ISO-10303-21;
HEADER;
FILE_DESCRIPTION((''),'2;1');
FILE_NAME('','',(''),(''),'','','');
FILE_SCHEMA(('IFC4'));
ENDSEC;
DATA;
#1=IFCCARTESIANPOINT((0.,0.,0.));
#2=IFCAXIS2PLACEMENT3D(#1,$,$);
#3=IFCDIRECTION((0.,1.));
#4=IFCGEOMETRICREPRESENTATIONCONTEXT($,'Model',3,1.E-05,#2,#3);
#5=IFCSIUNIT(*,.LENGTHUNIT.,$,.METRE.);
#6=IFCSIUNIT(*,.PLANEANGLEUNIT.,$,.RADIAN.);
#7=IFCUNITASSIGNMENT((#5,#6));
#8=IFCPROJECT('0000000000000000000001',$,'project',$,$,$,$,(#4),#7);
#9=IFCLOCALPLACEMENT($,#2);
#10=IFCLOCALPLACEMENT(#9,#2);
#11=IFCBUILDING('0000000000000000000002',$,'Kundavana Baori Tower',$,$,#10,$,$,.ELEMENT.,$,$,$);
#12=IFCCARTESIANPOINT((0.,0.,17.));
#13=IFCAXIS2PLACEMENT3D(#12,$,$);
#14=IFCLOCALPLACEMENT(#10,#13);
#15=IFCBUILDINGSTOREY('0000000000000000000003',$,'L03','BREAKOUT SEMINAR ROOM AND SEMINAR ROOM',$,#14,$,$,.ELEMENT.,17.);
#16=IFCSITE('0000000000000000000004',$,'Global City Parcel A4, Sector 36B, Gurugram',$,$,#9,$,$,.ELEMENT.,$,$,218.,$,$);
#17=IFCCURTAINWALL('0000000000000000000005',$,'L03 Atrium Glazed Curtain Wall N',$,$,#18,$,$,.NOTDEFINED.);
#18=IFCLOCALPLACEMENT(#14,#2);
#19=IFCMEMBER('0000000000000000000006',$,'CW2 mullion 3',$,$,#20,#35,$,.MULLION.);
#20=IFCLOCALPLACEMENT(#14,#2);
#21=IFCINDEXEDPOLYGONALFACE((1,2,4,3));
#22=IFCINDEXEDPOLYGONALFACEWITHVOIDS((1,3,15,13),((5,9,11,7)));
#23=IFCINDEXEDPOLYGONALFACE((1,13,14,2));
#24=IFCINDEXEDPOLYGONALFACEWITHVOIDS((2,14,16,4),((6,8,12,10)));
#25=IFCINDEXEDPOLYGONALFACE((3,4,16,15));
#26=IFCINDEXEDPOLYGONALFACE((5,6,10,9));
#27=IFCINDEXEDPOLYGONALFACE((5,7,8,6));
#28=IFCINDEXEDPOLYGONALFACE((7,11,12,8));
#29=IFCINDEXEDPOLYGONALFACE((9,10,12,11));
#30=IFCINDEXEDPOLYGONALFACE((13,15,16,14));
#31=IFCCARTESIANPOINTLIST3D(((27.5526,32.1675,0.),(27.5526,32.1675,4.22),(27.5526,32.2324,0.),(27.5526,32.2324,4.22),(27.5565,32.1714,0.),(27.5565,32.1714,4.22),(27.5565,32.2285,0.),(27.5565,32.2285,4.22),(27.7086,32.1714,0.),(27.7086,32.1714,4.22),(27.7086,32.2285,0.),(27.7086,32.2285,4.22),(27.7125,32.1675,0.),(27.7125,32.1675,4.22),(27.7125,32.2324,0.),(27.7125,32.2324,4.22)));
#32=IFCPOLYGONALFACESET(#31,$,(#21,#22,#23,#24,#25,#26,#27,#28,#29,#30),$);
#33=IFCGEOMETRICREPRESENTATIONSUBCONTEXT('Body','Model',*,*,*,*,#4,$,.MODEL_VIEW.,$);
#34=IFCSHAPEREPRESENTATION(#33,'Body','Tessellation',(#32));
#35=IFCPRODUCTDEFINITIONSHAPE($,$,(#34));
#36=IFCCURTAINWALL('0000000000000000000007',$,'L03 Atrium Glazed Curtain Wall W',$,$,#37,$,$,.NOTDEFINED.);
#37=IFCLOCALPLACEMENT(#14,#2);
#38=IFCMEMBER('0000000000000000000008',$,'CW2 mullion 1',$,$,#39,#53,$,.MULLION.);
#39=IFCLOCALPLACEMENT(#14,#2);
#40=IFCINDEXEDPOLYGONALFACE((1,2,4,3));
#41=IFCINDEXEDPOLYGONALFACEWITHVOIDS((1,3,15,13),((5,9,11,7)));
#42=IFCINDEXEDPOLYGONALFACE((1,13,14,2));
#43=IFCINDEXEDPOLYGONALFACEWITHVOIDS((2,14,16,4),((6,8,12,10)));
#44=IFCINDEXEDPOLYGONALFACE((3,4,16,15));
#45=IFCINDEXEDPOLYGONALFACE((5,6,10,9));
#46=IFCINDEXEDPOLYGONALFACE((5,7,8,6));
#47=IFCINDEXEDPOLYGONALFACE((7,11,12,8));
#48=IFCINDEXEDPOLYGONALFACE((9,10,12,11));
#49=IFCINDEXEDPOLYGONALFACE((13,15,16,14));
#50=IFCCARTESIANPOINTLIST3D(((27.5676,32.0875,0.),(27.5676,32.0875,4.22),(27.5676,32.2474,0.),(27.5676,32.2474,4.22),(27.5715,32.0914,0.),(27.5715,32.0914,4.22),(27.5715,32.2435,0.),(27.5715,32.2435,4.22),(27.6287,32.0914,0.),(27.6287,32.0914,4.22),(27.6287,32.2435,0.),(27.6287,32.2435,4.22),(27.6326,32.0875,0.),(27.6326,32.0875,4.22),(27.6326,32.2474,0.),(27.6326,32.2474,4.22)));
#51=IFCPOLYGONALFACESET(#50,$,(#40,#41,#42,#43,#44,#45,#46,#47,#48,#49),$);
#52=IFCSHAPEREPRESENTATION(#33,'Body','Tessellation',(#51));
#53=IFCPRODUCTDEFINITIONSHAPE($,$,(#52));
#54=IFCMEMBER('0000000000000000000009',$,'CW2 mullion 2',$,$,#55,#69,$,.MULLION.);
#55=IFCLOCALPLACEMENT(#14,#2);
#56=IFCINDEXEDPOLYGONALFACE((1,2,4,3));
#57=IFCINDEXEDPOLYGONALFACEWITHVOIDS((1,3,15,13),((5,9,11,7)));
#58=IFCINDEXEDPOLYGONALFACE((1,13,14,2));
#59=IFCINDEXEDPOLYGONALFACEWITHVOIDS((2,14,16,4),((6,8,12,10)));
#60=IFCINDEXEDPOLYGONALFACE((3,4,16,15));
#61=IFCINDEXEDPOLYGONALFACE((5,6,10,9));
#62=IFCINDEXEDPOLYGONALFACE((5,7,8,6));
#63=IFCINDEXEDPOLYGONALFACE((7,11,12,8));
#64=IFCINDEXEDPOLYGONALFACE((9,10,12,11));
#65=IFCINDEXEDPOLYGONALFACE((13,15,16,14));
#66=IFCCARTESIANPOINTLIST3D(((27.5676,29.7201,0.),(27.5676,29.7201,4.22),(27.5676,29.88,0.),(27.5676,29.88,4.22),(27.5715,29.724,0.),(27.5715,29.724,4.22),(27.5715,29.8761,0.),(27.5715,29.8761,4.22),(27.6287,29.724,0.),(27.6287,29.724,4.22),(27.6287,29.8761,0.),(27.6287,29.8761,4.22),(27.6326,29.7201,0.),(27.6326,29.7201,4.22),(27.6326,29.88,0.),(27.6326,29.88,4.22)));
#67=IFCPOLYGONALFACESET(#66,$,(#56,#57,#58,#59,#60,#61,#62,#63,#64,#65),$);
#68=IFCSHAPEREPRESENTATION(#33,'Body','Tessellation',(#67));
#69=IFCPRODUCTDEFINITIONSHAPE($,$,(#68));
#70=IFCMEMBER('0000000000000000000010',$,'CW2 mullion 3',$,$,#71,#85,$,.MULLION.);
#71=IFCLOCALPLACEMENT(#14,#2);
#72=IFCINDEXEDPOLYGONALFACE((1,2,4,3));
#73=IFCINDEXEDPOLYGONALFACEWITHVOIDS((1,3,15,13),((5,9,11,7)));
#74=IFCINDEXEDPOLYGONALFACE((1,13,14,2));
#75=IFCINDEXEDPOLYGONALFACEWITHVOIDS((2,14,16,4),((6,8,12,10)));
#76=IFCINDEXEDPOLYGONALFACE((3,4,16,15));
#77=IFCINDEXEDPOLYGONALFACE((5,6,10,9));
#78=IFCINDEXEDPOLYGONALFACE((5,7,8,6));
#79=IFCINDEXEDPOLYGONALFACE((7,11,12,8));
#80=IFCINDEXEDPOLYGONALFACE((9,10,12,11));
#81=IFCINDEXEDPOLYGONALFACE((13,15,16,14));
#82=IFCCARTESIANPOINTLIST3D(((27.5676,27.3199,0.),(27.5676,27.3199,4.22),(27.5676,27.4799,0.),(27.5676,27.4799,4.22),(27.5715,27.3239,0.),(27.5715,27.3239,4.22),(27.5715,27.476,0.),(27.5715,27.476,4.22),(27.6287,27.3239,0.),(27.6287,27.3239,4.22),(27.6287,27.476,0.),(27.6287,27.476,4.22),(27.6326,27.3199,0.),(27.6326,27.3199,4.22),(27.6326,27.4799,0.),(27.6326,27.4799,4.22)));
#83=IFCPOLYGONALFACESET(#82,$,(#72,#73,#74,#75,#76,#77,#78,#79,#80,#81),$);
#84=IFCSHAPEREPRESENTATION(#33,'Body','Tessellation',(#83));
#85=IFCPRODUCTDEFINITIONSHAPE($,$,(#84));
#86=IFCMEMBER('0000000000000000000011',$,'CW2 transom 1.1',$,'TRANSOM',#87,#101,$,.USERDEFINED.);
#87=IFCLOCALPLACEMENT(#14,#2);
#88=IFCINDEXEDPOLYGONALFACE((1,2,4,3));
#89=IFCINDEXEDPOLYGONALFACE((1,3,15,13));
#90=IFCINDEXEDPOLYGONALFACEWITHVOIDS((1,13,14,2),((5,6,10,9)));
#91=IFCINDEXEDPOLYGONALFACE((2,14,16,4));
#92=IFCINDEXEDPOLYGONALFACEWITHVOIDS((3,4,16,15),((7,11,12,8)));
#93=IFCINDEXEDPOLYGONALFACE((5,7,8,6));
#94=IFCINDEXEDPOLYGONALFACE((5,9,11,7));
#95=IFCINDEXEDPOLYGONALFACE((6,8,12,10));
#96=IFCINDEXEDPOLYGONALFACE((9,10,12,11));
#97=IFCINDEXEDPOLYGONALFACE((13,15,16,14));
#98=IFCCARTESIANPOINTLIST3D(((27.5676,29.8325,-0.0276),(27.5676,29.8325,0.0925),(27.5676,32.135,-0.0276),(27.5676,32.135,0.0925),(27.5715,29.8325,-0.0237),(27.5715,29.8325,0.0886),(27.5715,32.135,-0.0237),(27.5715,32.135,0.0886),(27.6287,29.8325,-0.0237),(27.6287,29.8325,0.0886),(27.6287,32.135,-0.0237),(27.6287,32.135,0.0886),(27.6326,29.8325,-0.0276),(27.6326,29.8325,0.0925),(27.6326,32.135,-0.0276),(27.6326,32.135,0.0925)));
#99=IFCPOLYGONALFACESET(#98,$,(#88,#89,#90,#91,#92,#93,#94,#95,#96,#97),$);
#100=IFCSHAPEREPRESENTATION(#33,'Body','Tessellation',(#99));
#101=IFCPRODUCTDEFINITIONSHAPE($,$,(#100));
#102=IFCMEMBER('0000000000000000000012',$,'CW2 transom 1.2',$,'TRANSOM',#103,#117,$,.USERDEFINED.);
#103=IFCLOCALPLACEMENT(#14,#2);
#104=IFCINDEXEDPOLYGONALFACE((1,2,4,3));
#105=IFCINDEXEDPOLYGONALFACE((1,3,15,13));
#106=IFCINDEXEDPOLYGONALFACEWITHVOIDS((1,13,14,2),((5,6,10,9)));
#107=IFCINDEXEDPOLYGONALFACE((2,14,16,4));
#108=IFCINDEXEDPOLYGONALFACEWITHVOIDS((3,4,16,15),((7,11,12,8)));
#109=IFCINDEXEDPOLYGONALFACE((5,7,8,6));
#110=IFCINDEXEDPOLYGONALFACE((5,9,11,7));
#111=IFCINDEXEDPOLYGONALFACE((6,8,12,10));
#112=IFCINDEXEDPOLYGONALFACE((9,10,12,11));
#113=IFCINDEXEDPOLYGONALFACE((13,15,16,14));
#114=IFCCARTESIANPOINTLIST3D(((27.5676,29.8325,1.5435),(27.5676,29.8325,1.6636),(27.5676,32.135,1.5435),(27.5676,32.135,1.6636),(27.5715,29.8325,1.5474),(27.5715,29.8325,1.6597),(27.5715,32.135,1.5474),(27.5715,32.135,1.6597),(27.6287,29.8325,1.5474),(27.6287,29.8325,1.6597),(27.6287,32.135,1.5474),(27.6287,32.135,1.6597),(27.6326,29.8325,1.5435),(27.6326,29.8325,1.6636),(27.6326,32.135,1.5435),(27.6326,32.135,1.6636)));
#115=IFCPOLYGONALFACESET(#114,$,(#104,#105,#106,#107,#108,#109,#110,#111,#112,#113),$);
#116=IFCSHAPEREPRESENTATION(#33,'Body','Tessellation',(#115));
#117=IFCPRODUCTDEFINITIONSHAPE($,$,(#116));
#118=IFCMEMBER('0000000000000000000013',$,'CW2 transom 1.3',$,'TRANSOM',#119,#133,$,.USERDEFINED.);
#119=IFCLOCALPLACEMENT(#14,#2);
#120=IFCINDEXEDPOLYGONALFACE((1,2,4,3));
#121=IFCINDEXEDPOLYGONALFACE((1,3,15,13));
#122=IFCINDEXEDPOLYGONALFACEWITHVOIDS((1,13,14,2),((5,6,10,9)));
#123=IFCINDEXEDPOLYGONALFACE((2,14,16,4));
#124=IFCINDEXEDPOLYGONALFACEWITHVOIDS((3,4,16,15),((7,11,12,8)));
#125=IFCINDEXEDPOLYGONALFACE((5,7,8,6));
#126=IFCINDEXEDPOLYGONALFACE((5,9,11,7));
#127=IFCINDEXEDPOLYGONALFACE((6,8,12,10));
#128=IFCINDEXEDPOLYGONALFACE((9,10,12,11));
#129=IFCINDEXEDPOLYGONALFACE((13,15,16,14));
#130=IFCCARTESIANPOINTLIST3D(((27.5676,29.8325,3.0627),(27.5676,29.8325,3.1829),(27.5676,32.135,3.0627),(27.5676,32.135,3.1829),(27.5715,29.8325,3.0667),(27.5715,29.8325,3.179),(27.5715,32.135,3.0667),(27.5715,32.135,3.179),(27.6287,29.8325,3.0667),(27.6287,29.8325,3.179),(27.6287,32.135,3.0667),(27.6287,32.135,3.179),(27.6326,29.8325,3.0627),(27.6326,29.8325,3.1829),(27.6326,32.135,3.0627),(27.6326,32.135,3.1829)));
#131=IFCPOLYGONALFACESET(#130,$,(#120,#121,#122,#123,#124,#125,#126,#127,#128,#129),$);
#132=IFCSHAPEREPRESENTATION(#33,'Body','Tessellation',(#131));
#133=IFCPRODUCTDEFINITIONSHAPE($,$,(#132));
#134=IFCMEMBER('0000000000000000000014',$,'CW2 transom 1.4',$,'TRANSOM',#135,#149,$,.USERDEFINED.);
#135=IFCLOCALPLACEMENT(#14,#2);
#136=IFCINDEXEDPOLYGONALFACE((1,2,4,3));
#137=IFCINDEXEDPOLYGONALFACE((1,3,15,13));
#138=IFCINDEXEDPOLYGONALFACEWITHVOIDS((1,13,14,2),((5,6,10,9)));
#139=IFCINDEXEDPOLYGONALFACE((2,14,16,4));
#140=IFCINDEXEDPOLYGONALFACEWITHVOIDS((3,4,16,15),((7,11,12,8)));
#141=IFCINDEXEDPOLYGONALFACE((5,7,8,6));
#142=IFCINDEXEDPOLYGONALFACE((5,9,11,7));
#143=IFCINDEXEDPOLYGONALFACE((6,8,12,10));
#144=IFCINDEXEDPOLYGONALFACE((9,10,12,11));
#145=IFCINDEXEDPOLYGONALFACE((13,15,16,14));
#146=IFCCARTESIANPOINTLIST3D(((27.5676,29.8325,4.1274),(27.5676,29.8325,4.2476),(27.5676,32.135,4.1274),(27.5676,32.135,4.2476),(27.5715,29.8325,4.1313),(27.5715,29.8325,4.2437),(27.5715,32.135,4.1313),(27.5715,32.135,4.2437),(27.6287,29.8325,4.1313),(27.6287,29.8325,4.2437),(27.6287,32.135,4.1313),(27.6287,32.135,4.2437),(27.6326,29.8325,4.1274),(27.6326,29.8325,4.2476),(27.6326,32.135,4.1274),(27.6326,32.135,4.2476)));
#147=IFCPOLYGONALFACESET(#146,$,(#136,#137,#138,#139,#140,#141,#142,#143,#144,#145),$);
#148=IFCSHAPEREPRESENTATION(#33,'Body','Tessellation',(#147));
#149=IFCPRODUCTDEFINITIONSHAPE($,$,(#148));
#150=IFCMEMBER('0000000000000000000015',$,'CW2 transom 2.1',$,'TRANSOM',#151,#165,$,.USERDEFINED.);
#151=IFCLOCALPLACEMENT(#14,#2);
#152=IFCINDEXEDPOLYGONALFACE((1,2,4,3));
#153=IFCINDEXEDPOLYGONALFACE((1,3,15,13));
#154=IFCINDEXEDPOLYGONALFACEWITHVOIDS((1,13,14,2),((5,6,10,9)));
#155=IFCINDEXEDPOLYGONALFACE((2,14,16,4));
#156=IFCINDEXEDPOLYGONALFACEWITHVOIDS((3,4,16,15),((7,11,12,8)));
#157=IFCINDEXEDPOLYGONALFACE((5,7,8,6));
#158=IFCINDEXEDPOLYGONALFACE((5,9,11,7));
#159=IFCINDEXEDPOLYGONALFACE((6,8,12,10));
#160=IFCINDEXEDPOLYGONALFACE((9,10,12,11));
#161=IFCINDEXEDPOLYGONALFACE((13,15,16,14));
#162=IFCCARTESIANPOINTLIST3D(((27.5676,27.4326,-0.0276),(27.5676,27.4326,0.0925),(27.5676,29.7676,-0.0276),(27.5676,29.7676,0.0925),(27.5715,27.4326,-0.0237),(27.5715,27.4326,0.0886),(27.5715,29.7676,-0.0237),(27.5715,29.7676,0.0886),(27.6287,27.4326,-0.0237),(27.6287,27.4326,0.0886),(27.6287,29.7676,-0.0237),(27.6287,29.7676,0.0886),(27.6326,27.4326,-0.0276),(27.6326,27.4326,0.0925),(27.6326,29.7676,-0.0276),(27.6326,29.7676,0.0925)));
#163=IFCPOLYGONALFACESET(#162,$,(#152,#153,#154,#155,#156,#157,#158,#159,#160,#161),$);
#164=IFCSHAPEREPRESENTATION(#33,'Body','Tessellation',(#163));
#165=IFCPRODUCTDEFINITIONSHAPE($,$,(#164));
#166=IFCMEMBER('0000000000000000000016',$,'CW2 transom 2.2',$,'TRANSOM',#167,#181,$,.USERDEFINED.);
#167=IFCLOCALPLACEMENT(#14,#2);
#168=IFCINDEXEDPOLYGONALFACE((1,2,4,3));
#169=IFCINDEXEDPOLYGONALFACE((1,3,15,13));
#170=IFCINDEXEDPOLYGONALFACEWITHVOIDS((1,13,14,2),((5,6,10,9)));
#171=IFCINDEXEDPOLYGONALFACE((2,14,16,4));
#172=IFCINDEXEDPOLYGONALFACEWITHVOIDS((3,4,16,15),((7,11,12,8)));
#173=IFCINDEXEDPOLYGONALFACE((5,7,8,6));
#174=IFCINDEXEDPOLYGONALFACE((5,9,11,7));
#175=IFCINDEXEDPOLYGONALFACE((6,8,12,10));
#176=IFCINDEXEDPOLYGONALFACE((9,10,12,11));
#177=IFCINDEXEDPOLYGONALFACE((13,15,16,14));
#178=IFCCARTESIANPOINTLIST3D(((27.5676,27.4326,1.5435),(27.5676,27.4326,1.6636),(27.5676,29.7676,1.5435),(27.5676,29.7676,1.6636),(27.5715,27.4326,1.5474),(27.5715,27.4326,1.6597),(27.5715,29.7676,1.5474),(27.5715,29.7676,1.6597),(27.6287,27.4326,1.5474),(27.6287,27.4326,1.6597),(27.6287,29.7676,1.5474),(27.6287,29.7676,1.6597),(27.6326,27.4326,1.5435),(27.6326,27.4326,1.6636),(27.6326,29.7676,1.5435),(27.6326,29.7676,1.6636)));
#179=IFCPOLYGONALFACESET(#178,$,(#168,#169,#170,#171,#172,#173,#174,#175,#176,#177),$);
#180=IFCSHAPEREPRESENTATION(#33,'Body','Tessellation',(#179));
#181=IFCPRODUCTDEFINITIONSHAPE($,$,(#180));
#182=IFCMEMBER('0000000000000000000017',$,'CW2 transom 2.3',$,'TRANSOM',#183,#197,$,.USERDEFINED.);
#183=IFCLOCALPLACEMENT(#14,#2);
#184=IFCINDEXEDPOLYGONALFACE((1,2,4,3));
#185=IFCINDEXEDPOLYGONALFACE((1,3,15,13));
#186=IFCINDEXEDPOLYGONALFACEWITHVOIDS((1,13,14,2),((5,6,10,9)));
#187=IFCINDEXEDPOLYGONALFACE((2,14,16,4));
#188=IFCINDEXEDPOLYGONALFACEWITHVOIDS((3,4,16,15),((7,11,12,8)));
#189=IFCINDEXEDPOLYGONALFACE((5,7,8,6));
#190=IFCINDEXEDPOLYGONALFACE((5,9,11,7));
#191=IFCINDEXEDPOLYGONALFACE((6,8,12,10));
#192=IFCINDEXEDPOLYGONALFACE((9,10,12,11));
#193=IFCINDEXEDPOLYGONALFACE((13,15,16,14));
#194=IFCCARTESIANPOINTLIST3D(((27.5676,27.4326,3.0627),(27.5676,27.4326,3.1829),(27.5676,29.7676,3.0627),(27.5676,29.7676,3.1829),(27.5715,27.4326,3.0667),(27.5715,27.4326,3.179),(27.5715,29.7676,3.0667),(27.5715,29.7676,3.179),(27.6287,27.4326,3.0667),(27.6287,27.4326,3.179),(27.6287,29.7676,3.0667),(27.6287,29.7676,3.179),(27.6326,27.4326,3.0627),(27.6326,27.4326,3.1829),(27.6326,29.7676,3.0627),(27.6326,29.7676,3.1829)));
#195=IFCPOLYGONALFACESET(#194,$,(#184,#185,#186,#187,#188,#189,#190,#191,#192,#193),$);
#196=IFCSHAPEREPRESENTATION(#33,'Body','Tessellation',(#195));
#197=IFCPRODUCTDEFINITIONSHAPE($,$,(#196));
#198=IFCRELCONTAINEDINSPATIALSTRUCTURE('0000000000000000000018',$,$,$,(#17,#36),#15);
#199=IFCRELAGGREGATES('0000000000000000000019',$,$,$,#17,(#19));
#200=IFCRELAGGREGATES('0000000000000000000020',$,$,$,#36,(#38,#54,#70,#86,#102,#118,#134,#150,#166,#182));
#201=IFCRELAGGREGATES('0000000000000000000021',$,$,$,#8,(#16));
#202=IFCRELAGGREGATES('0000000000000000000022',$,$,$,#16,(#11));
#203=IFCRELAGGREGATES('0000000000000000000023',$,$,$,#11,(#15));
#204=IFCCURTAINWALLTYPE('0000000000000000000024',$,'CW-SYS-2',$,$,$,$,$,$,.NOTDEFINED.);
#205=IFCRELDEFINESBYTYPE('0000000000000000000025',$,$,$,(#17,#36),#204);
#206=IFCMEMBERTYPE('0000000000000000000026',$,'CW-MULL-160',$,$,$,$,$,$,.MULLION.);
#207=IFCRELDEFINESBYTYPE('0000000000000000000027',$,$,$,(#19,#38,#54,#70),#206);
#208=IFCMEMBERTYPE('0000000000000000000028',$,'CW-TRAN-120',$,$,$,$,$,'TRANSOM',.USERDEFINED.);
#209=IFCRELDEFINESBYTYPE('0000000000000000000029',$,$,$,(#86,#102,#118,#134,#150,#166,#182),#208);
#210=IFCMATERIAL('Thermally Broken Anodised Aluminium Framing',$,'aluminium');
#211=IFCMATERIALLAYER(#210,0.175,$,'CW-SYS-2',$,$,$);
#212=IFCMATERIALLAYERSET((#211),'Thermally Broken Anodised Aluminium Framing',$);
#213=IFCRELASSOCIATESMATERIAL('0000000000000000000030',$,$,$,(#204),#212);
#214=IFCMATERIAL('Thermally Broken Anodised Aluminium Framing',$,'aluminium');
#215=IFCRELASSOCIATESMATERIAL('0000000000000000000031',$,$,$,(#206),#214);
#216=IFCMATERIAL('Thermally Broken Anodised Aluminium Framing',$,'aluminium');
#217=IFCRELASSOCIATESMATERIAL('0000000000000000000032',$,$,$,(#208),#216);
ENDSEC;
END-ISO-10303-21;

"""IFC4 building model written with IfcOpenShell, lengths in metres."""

from ifc_helpers import new_model, si_unit, direction, frame, origin, origin_2d, place, context, subcontext, project, spatial, hollow_rectangle, extrude, material, layer, layer_set, material_profile, profile_set, type_object, element, aggregate, save


model = new_model("IFC4")

# Units and contexts
model_context = context("Model", 3, precision=1e-05, world=origin(), true_north=direction((0.0, 1.0)))
body_context = subcontext(model_context, "Body", "Model", "MODEL_VIEW")
ifc_project = project(units=[si_unit("LENGTHUNIT", "METRE"), si_unit("PLANEANGLEUNIT", "RADIAN")], contexts=[model_context])

# Site, building, storey
site_placement = place(None, origin())
site = spatial("IfcSite", under=ifc_project, at=site_placement, Name="Global City Parcel A4, Sector 36B, Gurugram", CompositionType="ELEMENT", RefElevation=218.0)
building_placement = place(site_placement, origin())
building = spatial("IfcBuilding", under=site, at=building_placement, Name="Kundavana Baori Tower", CompositionType="ELEMENT")
storey_placement = place(building_placement, frame((0.0, 0.0, 17.0)))
storey = spatial("IfcBuildingStorey", under=building, at=storey_placement, Name="L03", Description="BREAKOUT SEMINAR ROOM AND SEMINAR ROOM", CompositionType="ELEMENT", Elevation=17.0)

# Curtain wall, member
ifc_material_1 = material(Name="Thermally Broken Anodised Aluminium Framing", Category="aluminium")
ifc_layer_1 = layer(ifc_material_1, 0.175, Name="CW-SYS-2")
ifc_layer_set_1 = layer_set([ifc_layer_1], Name="Thermally Broken Anodised Aluminium Framing")
curtain_wall_type = type_object("IfcCurtainWallType", Name="CW-SYS-2", PredefinedType="NOTDEFINED", material=ifc_layer_set_1)
curtain_wall_1_placement = place(storey_placement, origin())
curtain_wall_1 = element("IfcCurtainWall", 1, at=curtain_wall_1_placement, inside=storey, type_object=curtain_wall_type, Name="L03 Atrium Glazed Curtain Wall N", PredefinedType="NOTDEFINED")
ifc_material_2 = material(Name="Thermally Broken Anodised Aluminium Framing", Category="aluminium")
ifc_material_profile_1 = material_profile(ifc_material_2, hollow_rectangle(XDim=0.0649, YDim=0.1599, WallThickness=0.0039, at=origin_2d()), Name="CW-MULL-160")
ifc_profile_set_1 = profile_set([ifc_material_profile_1], Name="Thermally Broken Anodised Aluminium Framing")
member_type_1 = type_object("IfcMemberType", Name="CW-MULL-160", PredefinedType="MULLION", material=ifc_profile_set_1)
member_1_placement = place(storey_placement, frame((27.6326, 32.2, 0.0), z_axis=(0.0, 0.0, 1.0), x_axis=(0.0, -1.0, 0.0)))
member_1 = element("IfcMember", 2, at=member_1_placement, type_object=member_type_1, Name="CW2 mullion 3", PredefinedType="MULLION", context=body_context, shape_type="SweptSolid", body=[
    extrude(hollow_rectangle(XDim=0.0649, YDim=0.1599, WallThickness=0.0039, at=origin_2d()), origin(), (0.0, 0.0, 1.0), 4.22),
])
aggregate(curtain_wall_1, [member_1])

# Curtain wall, members
curtain_wall_2_placement = place(storey_placement, origin())
curtain_wall_2 = element("IfcCurtainWall", 3, at=curtain_wall_2_placement, inside=storey, type_object=curtain_wall_type, Name="L03 Atrium Glazed Curtain Wall W", PredefinedType="NOTDEFINED")
member_2_placement = place(storey_placement, frame((27.6001, 32.1675, 0.0), z_axis=(0.0, 0.0, 1.0), x_axis=(1.0, 0.0, 0.0)))
member_2 = element("IfcMember", 4, at=member_2_placement, type_object=member_type_1, Name="CW2 mullion 1", PredefinedType="MULLION", context=body_context, shape_type="SweptSolid", body=[
    extrude(hollow_rectangle(XDim=0.0649, YDim=0.1599, WallThickness=0.0039, at=origin_2d()), origin(), (0.0, 0.0, 1.0), 4.22),
])
member_3_placement = place(storey_placement, frame((27.6001, 29.8, 0.0), z_axis=(0.0, 0.0, 1.0), x_axis=(1.0, 0.0, 0.0)))
member_3 = element("IfcMember", 5, at=member_3_placement, type_object=member_type_1, Name="CW2 mullion 2", PredefinedType="MULLION", context=body_context, shape_type="SweptSolid", body=[
    extrude(hollow_rectangle(XDim=0.0649, YDim=0.1599, WallThickness=0.0039, at=origin_2d()), origin(), (0.0, 0.0, 1.0), 4.22),
])
member_4_placement = place(storey_placement, frame((27.6001, 27.3999, 0.0), z_axis=(0.0, 0.0, 1.0), x_axis=(1.0, 0.0, 0.0)))
member_4 = element("IfcMember", 6, at=member_4_placement, type_object=member_type_1, Name="CW2 mullion 3", PredefinedType="MULLION", context=body_context, shape_type="SweptSolid", body=[
    extrude(hollow_rectangle(XDim=0.0649, YDim=0.1599, WallThickness=0.0039, at=origin_2d()), origin(), (0.0, 0.0, 1.0), 4.22),
])
ifc_material_3 = material(Name="Thermally Broken Anodised Aluminium Framing", Category="aluminium")
ifc_material_profile_2 = material_profile(ifc_material_3, hollow_rectangle(XDim=0.0649, YDim=0.1201, WallThickness=0.0039, at=origin_2d()), Name="CW-TRAN-120")
ifc_profile_set_2 = profile_set([ifc_material_profile_2], Name="Thermally Broken Anodised Aluminium Framing")
member_type_2 = type_object("IfcMemberType", Name="CW-TRAN-120", ElementType="TRANSOM", PredefinedType="USERDEFINED", material=ifc_profile_set_2)
member_5_placement = place(storey_placement, frame((27.6001, 32.135, 0.0325), z_axis=(0.0, -1.0, 0.0), x_axis=(1.0, 0.0, 0.0)))
member_5 = element("IfcMember", 7, at=member_5_placement, type_object=member_type_2, Name="CW2 transom 1.1", ObjectType="TRANSOM", PredefinedType="USERDEFINED", context=body_context, shape_type="SweptSolid", body=[
    extrude(hollow_rectangle(XDim=0.0649, YDim=0.1201, WallThickness=0.0039, at=origin_2d()), origin(), (0.0, 0.0, 1.0), 2.3025),
])
member_6_placement = place(storey_placement, frame((27.6001, 32.135, 1.6035), z_axis=(0.0, -1.0, 0.0), x_axis=(1.0, 0.0, 0.0)))
member_6 = element("IfcMember", 8, at=member_6_placement, type_object=member_type_2, Name="CW2 transom 1.2", ObjectType="TRANSOM", PredefinedType="USERDEFINED", context=body_context, shape_type="SweptSolid", body=[
    extrude(hollow_rectangle(XDim=0.0649, YDim=0.1201, WallThickness=0.0039, at=origin_2d()), origin(), (0.0, 0.0, 1.0), 2.3025),
])
member_7_placement = place(storey_placement, frame((27.6001, 32.135, 3.1228), z_axis=(0.0, -1.0, 0.0), x_axis=(1.0, 0.0, 0.0)))
member_7 = element("IfcMember", 9, at=member_7_placement, type_object=member_type_2, Name="CW2 transom 1.3", ObjectType="TRANSOM", PredefinedType="USERDEFINED", context=body_context, shape_type="SweptSolid", body=[
    extrude(hollow_rectangle(XDim=0.0649, YDim=0.1201, WallThickness=0.0039, at=origin_2d()), origin(), (0.0, 0.0, 1.0), 2.3025),
])
member_8_placement = place(storey_placement, frame((27.6001, 32.135, 4.1875), z_axis=(0.0, -1.0, 0.0), x_axis=(1.0, 0.0, 0.0)))
member_8 = element("IfcMember", 10, at=member_8_placement, type_object=member_type_2, Name="CW2 transom 1.4", ObjectType="TRANSOM", PredefinedType="USERDEFINED", context=body_context, shape_type="SweptSolid", body=[
    extrude(hollow_rectangle(XDim=0.0649, YDim=0.1201, WallThickness=0.0039, at=origin_2d()), origin(), (0.0, 0.0, 1.0), 2.3025),
])
member_9_placement = place(storey_placement, frame((27.6001, 29.7676, 0.0325), z_axis=(0.0, -1.0, 0.0), x_axis=(1.0, 0.0, 0.0)))
member_9 = element("IfcMember", 11, at=member_9_placement, type_object=member_type_2, Name="CW2 transom 2.1", ObjectType="TRANSOM", PredefinedType="USERDEFINED", context=body_context, shape_type="SweptSolid", body=[
    extrude(hollow_rectangle(XDim=0.0649, YDim=0.1201, WallThickness=0.0039, at=origin_2d()), origin(), (0.0, 0.0, 1.0), 2.335),
])
member_10_placement = place(storey_placement, frame((27.6001, 29.7676, 1.6035), z_axis=(0.0, -1.0, 0.0), x_axis=(1.0, 0.0, 0.0)))
member_10 = element("IfcMember", 12, at=member_10_placement, type_object=member_type_2, Name="CW2 transom 2.2", ObjectType="TRANSOM", PredefinedType="USERDEFINED", context=body_context, shape_type="SweptSolid", body=[
    extrude(hollow_rectangle(XDim=0.0649, YDim=0.1201, WallThickness=0.0039, at=origin_2d()), origin(), (0.0, 0.0, 1.0), 2.335),
])
member_11_placement = place(storey_placement, frame((27.6001, 29.7676, 3.1228), z_axis=(0.0, -1.0, 0.0), x_axis=(1.0, 0.0, 0.0)))
member_11 = element("IfcMember", 13, at=member_11_placement, type_object=member_type_2, Name="CW2 transom 2.3", ObjectType="TRANSOM", PredefinedType="USERDEFINED", context=body_context, shape_type="SweptSolid", body=[
    extrude(hollow_rectangle(XDim=0.0649, YDim=0.1201, WallThickness=0.0039, at=origin_2d()), origin(), (0.0, 0.0, 1.0), 2.335),
])
aggregate(curtain_wall_2, [member_2, member_3, member_4, member_5, member_6, member_7, member_8, member_9, member_10, member_11])

save(model, "model.ifc")
